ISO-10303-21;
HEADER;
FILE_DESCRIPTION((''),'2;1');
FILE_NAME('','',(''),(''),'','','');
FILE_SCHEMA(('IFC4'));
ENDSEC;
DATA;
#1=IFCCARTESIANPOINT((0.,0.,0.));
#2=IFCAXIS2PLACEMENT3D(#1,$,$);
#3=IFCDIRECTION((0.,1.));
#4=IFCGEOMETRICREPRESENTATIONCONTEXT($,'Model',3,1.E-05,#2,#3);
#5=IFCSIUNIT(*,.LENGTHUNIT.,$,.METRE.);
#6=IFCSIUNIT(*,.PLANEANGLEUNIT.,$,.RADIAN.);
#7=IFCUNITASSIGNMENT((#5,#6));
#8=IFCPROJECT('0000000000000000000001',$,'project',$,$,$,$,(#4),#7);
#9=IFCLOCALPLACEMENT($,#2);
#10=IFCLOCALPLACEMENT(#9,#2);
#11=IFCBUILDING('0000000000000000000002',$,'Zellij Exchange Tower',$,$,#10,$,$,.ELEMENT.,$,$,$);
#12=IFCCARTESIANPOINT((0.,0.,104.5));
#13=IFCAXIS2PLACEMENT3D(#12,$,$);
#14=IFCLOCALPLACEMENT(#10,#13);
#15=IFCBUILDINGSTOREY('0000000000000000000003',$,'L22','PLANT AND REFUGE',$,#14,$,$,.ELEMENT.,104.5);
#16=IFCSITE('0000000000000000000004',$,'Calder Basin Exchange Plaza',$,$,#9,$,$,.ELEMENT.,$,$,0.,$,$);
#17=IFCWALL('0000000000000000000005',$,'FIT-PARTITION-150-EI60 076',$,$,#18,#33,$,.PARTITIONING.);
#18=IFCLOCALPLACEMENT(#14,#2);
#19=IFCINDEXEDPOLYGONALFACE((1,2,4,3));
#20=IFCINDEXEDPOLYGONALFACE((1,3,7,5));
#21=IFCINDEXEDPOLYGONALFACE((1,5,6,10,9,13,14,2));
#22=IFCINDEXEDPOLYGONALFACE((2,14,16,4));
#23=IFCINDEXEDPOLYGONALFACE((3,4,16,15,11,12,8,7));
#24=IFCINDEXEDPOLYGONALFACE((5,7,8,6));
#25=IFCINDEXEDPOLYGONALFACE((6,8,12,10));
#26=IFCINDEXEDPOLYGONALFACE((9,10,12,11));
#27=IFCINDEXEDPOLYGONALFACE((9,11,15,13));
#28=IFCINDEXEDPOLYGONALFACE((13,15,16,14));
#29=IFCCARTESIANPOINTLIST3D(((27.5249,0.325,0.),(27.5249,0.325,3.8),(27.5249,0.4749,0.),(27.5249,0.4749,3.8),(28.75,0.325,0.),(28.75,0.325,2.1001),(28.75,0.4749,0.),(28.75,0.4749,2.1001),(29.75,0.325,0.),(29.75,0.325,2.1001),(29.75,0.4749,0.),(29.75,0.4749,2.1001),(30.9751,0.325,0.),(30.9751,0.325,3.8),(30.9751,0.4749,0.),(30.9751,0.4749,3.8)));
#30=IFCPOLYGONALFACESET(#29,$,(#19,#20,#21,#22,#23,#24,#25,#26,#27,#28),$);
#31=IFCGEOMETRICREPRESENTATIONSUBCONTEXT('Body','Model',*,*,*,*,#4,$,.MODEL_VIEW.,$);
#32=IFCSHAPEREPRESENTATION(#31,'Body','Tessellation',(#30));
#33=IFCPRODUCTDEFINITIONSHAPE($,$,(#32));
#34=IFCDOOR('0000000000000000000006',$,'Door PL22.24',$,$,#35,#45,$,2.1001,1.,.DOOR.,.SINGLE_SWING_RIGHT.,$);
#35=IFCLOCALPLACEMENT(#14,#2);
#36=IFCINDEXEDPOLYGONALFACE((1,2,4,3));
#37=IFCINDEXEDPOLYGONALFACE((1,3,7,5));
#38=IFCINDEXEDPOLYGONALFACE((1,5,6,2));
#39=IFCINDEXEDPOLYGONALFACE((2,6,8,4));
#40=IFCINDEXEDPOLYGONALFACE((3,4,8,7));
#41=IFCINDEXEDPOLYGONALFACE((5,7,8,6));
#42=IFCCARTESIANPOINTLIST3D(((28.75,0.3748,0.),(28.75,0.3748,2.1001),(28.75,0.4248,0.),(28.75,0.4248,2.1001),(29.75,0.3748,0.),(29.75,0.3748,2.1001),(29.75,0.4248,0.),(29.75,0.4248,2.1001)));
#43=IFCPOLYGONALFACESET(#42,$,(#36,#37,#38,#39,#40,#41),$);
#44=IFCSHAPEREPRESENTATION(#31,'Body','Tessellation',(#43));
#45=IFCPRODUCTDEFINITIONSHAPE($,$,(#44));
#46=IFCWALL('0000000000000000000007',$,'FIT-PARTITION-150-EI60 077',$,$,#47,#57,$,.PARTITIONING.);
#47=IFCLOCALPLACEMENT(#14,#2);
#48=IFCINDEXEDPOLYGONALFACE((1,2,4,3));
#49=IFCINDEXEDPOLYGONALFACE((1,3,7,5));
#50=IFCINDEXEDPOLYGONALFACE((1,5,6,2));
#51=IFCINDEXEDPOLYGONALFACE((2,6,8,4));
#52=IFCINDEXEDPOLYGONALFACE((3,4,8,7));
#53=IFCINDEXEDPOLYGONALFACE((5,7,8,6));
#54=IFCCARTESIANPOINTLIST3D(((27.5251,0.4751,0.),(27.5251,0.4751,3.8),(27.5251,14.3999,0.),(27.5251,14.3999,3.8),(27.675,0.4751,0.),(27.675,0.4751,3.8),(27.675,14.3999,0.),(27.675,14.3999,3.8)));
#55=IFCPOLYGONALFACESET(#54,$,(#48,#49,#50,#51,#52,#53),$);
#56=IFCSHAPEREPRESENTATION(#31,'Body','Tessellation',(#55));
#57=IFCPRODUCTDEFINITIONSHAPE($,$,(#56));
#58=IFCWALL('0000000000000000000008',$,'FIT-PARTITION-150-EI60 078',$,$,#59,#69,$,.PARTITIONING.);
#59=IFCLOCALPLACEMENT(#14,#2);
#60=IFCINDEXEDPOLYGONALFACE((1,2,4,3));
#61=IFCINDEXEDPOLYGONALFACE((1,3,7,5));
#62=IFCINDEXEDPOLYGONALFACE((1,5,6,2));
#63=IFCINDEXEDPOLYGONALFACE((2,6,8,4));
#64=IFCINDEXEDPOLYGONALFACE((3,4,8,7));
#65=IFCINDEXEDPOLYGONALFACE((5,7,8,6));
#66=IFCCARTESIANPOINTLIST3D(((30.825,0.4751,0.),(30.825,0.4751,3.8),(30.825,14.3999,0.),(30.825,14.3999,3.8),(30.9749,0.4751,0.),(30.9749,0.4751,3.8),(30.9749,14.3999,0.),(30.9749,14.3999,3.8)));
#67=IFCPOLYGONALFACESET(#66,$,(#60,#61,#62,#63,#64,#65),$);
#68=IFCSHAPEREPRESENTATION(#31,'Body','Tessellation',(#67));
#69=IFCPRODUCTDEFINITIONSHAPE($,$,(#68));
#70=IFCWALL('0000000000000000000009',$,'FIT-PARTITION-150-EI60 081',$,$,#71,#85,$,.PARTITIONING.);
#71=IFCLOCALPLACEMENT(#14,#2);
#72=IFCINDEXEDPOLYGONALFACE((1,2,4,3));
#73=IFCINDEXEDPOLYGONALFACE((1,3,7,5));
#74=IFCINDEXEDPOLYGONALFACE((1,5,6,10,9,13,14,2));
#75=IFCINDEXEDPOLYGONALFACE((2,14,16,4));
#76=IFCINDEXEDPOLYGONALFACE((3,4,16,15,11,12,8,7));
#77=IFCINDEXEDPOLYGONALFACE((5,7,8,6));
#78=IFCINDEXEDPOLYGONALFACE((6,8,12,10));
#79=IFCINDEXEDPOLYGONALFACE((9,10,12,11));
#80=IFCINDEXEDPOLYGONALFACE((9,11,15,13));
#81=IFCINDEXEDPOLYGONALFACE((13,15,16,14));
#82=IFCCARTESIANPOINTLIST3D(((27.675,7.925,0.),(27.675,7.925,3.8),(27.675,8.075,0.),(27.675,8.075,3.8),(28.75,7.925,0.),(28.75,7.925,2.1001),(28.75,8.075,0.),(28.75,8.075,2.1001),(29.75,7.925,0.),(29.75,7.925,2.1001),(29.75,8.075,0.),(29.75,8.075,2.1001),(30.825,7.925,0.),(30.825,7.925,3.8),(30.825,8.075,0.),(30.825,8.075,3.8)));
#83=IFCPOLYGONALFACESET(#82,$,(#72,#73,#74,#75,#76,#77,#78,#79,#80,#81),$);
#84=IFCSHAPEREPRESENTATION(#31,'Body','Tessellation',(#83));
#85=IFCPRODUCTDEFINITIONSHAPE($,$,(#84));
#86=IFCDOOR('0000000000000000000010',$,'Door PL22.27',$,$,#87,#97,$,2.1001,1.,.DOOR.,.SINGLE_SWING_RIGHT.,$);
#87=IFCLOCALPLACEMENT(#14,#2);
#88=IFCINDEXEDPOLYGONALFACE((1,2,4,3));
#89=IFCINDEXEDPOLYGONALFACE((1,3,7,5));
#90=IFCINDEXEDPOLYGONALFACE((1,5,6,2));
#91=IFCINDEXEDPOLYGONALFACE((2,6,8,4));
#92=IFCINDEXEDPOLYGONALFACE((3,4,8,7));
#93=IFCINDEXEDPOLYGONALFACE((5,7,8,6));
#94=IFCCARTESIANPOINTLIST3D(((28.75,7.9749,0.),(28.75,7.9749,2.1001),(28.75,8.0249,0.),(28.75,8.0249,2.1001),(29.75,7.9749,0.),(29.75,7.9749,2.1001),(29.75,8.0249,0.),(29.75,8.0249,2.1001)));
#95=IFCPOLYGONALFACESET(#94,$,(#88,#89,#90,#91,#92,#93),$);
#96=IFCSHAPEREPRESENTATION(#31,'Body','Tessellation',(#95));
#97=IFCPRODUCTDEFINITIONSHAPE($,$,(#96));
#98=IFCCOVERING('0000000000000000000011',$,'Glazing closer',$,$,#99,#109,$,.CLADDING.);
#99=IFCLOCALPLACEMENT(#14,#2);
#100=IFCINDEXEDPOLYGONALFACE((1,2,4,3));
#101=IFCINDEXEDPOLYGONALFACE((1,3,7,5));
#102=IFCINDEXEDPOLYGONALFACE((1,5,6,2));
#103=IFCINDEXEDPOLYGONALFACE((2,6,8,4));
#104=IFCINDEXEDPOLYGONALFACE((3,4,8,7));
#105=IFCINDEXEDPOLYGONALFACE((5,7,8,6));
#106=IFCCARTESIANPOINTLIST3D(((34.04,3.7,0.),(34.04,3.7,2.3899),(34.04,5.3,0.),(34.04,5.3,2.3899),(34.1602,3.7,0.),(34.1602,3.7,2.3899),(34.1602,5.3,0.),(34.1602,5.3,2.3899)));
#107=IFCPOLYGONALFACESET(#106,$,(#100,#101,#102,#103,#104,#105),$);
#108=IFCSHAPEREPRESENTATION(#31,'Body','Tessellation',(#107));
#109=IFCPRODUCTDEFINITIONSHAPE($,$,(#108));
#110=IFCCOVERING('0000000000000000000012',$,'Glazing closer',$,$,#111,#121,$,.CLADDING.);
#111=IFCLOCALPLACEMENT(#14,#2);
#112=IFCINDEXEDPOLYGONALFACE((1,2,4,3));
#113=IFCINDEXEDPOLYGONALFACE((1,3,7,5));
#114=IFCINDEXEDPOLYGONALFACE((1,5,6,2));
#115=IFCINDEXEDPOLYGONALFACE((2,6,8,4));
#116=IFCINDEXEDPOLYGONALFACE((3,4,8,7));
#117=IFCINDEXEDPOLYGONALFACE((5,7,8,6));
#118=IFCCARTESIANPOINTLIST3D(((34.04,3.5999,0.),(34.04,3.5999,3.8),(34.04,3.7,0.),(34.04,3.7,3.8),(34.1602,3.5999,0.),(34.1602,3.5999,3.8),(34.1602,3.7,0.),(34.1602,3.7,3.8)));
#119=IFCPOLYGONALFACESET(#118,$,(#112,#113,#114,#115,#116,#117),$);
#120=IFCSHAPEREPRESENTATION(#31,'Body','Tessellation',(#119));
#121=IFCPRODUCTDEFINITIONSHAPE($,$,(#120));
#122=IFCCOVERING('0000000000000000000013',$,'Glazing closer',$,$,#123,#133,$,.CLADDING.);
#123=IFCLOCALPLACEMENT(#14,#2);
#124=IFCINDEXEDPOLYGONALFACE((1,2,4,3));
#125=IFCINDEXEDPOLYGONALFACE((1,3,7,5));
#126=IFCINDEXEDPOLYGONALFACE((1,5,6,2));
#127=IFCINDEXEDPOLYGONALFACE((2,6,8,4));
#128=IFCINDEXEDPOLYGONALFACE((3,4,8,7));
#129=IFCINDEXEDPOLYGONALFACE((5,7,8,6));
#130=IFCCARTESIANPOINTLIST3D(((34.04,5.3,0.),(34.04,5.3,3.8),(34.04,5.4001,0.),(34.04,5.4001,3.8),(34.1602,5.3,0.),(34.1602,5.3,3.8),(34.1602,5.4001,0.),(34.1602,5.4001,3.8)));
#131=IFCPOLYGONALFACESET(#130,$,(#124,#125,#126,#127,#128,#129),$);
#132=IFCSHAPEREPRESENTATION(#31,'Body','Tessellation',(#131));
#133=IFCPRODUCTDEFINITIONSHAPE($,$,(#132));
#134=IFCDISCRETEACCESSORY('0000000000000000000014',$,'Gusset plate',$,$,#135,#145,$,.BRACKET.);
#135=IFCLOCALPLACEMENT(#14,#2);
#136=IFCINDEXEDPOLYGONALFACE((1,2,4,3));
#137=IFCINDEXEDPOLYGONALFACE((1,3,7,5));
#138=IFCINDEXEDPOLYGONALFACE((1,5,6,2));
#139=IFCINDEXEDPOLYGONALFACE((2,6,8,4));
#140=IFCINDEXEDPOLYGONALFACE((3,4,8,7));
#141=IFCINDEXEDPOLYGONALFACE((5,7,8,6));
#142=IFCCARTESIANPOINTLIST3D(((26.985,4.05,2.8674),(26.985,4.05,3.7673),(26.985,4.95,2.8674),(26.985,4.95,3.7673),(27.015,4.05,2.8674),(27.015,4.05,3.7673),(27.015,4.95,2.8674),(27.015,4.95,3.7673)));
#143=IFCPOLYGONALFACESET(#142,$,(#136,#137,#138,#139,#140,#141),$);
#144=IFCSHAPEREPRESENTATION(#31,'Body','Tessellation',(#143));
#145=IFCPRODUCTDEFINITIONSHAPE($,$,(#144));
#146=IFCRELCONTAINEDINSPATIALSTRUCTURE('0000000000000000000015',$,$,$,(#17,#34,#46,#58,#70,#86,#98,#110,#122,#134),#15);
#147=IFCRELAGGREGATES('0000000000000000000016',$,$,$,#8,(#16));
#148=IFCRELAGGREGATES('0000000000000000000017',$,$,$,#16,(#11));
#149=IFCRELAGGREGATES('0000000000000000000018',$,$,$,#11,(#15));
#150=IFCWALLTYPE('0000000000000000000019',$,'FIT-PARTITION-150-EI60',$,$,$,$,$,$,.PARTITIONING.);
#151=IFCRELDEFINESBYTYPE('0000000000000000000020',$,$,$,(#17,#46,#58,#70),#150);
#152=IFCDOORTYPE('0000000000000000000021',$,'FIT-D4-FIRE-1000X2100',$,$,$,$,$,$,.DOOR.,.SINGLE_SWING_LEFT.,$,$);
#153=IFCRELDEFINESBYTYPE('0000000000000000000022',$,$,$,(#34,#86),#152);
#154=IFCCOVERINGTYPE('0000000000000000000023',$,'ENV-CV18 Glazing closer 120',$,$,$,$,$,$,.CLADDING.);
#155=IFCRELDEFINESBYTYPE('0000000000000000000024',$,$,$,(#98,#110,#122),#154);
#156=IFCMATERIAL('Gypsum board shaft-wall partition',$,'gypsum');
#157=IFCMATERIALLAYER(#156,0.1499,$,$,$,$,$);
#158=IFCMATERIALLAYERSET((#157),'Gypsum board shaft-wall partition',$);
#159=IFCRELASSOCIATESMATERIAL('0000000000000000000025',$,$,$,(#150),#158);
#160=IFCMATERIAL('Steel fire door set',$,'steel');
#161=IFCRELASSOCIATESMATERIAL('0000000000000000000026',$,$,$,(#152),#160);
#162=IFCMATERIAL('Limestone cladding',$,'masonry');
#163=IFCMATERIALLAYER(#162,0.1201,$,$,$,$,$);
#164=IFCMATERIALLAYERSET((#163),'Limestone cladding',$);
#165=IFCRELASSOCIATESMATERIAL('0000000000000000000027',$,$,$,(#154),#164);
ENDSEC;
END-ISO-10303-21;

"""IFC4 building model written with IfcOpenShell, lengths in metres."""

from ifc_helpers import new_model, si_unit, direction, frame, frame_2d, origin, origin_2d, place, context, subcontext, project, spatial, rectangle, extrude, material, layer, layer_set, type_object, element, fill, save


model = new_model("IFC4")

# Units and contexts
model_context = context("Model", 3, precision=1e-05, world=origin(), true_north=direction((0.0, 1.0)))
body_context = subcontext(model_context, "Body", "Model", "MODEL_VIEW")
ifc_project = project(units=[si_unit("LENGTHUNIT", "METRE"), si_unit("PLANEANGLEUNIT", "RADIAN")], contexts=[model_context])

# Site, building, storey
site_placement = place(None, origin())
site = spatial("IfcSite", under=ifc_project, at=site_placement, Name="Calder Basin Exchange Plaza", CompositionType="ELEMENT", RefElevation=0.0)
building_placement = place(site_placement, origin())
building = spatial("IfcBuilding", under=site, at=building_placement, Name="Zellij Exchange Tower", CompositionType="ELEMENT")
storey_placement = place(building_placement, frame((0.0, 0.0, 104.5)))
storey = spatial("IfcBuildingStorey", under=building, at=storey_placement, Name="L22", Description="PLANT AND REFUGE", CompositionType="ELEMENT", Elevation=104.5)

# Wall, opening, door
ifc_material_1 = material(Name="Gypsum board shaft-wall partition", Category="gypsum")
ifc_layer_1 = layer(ifc_material_1, 0.1499)
ifc_layer_set_1 = layer_set([ifc_layer_1], Name="Gypsum board shaft-wall partition")
wall_type = type_object("IfcWallType", Name="FIT-PARTITION-150-EI60", PredefinedType="PARTITIONING", material=ifc_layer_set_1)
wall_1_placement = place(storey_placement, frame((27.5249, 0.3999, 0.0), z_axis=(0.0, 0.0, 1.0), x_axis=(1.0, 0.0, 0.0)))
wall_1 = element("IfcWall", 1, at=wall_1_placement, inside=storey, type_object=wall_type, Name="FIT-PARTITION-150-EI60 076", PredefinedType="PARTITIONING", context=body_context, shape_type="SweptSolid", body=[
    extrude(rectangle(XDim=3.4502, YDim=0.1499, at=frame_2d((1.7251, 0.0))), origin(), (0.0, 0.0, 1.0), 3.8),
])
opening_1_placement = place(wall_1_placement, frame((1.2251, 0.0, 0.0)))
opening_1 = element("IfcOpeningElement", 2, at=opening_1_placement, cuts=wall_1, PredefinedType="OPENING", context=body_context, shape_type="SweptSolid", body=[
    extrude(rectangle(XDim=1.0, YDim=2.1001, at=frame_2d((0.5, 1.05))), frame((0.0, 0.0869, 0.0), z_axis=(0.0, -1.0, 0.0), x_axis=(1.0, 0.0, 0.0)), (0.0, 0.0, 1.0), 0.1738),
])
ifc_material_2 = material(Name="Steel fire door set", Category="steel")
door_type = type_object("IfcDoorType", Name="FIT-D4-FIRE-1000X2100", OperationType="SINGLE_SWING_LEFT", PredefinedType="DOOR", material=ifc_material_2)
door_1_placement = place(opening_1_placement, origin())
door_1 = element("IfcDoor", 3, at=door_1_placement, inside=storey, type_object=door_type, Name="Door PL22.24", OperationType="SINGLE_SWING_RIGHT", OverallHeight=2.1001, OverallWidth=1.0, PredefinedType="DOOR", context=body_context, shape_type="SweptSolid", body=[
    extrude(rectangle(XDim=1.0, YDim=2.1001, at=frame_2d((0.5, 1.05))), frame((0.0, 0.0249, 0.0), z_axis=(0.0, -1.0, 0.0), x_axis=(1.0, 0.0, 0.0)), (0.0, 0.0, 1.0), 0.05),
])
fill(opening_1, door_1)

# Walls
for number, where, z_axis, x_axis, name in (
    (4, (27.6001, 0.4751, 0.0), (0.0, 0.0, 1.0), (0.0, 1.0, 0.0), "FIT-PARTITION-150-EI60 077"),
    (5, (30.8999, 0.4751, 0.0), (0.0, 0.0, 1.0), (0.0, 1.0, 0.0), "FIT-PARTITION-150-EI60 078"),
):
    element("IfcWall", number, at=place(storey_placement, frame(where, z_axis=z_axis, x_axis=x_axis)), inside=storey, type_object=wall_type, Name=name, PredefinedType="PARTITIONING", context=body_context, shape_type="SweptSolid", body=[
        extrude(rectangle(XDim=13.9248, YDim=0.1499, at=frame_2d((6.9624, 0.0))), origin(), (0.0, 0.0, 1.0), 3.8),
    ])

# Wall, opening, door
wall_2_placement = place(storey_placement, frame((27.675, 8.0, 0.0), z_axis=(0.0, 0.0, 1.0), x_axis=(1.0, 0.0, 0.0)))
wall_2 = element("IfcWall", 6, at=wall_2_placement, inside=storey, type_object=wall_type, Name="FIT-PARTITION-150-EI60 081", PredefinedType="PARTITIONING", context=body_context, shape_type="SweptSolid", body=[
    extrude(rectangle(XDim=3.1499, YDim=0.1499, at=frame_2d((1.575, 0.0))), origin(), (0.0, 0.0, 1.0), 3.8),
])
opening_2_placement = place(wall_2_placement, frame((1.075, 0.0, 0.0)))
opening_2 = element("IfcOpeningElement", 7, at=opening_2_placement, cuts=wall_2, PredefinedType="OPENING", context=body_context, shape_type="SweptSolid", body=[
    extrude(rectangle(XDim=1.0, YDim=2.1001, at=frame_2d((0.5, 1.05))), frame((0.0, 0.0869, 0.0), z_axis=(0.0, -1.0, 0.0), x_axis=(1.0, 0.0, 0.0)), (0.0, 0.0, 1.0), 0.1738),
])
door_2_placement = place(opening_2_placement, origin())
door_2 = element("IfcDoor", 8, at=door_2_placement, inside=storey, type_object=door_type, Name="Door PL22.27", OperationType="SINGLE_SWING_RIGHT", OverallHeight=2.1001, OverallWidth=1.0, PredefinedType="DOOR", context=body_context, shape_type="SweptSolid", body=[
    extrude(rectangle(XDim=1.0, YDim=2.1001, at=frame_2d((0.5, 1.05))), frame((0.0, 0.0249, 0.0), z_axis=(0.0, -1.0, 0.0), x_axis=(1.0, 0.0, 0.0)), (0.0, 0.0, 1.0), 0.05),
])
fill(opening_2, door_2)

# Coverings
ifc_material_3 = material(Name="Limestone cladding", Category="masonry")
ifc_layer_2 = layer(ifc_material_3, 0.1201)
ifc_layer_set_2 = layer_set([ifc_layer_2], Name="Limestone cladding")
covering_type = type_object("IfcCoveringType", Name="ENV-CV18 Glazing closer 120", PredefinedType="CLADDING", material=ifc_layer_set_2)
covering_placement = place(storey_placement, frame((34.1001, 4.5, 0.0), z_axis=(0.0, 0.0, 1.0), x_axis=(0.0, 1.0, 0.0)))
element("IfcCovering", 9, at=covering_placement, inside=storey, type_object=covering_type, Name="Glazing closer", PredefinedType="CLADDING", context=body_context, shape_type="SweptSolid", body=[
    extrude(rectangle(XDim=1.6001, YDim=0.1201, at=origin_2d()), origin(), (0.0, 0.0, 1.0), 2.3899),
])
for number, where, z_axis, x_axis, name in (
    (10, (34.1001, 3.6499, 0.0), (0.0, 0.0, 1.0), (0.0, 1.0, 0.0), "Glazing closer"),
    (11, (34.1001, 5.3501, 0.0), (0.0, 0.0, 1.0), (0.0, 1.0, 0.0), "Glazing closer"),
):
    element("IfcCovering", number, at=place(storey_placement, frame(where, z_axis=z_axis, x_axis=x_axis)), inside=storey, type_object=covering_type, Name=name, PredefinedType="CLADDING", context=body_context, shape_type="SweptSolid", body=[
        extrude(rectangle(XDim=0.1001, YDim=0.1201, at=origin_2d()), origin(), (0.0, 0.0, 1.0), 3.8),
    ])

# Discrete accessory
discrete_accessory_placement = place(storey_placement, frame((27.0, 4.5, 2.8674), z_axis=(0.0, 0.0, 1.0), x_axis=(0.0, 1.0, 0.0)))
element("IfcDiscreteAccessory", 12, at=discrete_accessory_placement, inside=storey, Name="Gusset plate", PredefinedType="BRACKET", context=body_context, shape_type="SweptSolid", body=[
    extrude(rectangle(XDim=0.8999, YDim=0.03, at=origin_2d()), origin(), (0.0, 0.0, 1.0), 0.8999),
])

save(model, "model.ifc")
